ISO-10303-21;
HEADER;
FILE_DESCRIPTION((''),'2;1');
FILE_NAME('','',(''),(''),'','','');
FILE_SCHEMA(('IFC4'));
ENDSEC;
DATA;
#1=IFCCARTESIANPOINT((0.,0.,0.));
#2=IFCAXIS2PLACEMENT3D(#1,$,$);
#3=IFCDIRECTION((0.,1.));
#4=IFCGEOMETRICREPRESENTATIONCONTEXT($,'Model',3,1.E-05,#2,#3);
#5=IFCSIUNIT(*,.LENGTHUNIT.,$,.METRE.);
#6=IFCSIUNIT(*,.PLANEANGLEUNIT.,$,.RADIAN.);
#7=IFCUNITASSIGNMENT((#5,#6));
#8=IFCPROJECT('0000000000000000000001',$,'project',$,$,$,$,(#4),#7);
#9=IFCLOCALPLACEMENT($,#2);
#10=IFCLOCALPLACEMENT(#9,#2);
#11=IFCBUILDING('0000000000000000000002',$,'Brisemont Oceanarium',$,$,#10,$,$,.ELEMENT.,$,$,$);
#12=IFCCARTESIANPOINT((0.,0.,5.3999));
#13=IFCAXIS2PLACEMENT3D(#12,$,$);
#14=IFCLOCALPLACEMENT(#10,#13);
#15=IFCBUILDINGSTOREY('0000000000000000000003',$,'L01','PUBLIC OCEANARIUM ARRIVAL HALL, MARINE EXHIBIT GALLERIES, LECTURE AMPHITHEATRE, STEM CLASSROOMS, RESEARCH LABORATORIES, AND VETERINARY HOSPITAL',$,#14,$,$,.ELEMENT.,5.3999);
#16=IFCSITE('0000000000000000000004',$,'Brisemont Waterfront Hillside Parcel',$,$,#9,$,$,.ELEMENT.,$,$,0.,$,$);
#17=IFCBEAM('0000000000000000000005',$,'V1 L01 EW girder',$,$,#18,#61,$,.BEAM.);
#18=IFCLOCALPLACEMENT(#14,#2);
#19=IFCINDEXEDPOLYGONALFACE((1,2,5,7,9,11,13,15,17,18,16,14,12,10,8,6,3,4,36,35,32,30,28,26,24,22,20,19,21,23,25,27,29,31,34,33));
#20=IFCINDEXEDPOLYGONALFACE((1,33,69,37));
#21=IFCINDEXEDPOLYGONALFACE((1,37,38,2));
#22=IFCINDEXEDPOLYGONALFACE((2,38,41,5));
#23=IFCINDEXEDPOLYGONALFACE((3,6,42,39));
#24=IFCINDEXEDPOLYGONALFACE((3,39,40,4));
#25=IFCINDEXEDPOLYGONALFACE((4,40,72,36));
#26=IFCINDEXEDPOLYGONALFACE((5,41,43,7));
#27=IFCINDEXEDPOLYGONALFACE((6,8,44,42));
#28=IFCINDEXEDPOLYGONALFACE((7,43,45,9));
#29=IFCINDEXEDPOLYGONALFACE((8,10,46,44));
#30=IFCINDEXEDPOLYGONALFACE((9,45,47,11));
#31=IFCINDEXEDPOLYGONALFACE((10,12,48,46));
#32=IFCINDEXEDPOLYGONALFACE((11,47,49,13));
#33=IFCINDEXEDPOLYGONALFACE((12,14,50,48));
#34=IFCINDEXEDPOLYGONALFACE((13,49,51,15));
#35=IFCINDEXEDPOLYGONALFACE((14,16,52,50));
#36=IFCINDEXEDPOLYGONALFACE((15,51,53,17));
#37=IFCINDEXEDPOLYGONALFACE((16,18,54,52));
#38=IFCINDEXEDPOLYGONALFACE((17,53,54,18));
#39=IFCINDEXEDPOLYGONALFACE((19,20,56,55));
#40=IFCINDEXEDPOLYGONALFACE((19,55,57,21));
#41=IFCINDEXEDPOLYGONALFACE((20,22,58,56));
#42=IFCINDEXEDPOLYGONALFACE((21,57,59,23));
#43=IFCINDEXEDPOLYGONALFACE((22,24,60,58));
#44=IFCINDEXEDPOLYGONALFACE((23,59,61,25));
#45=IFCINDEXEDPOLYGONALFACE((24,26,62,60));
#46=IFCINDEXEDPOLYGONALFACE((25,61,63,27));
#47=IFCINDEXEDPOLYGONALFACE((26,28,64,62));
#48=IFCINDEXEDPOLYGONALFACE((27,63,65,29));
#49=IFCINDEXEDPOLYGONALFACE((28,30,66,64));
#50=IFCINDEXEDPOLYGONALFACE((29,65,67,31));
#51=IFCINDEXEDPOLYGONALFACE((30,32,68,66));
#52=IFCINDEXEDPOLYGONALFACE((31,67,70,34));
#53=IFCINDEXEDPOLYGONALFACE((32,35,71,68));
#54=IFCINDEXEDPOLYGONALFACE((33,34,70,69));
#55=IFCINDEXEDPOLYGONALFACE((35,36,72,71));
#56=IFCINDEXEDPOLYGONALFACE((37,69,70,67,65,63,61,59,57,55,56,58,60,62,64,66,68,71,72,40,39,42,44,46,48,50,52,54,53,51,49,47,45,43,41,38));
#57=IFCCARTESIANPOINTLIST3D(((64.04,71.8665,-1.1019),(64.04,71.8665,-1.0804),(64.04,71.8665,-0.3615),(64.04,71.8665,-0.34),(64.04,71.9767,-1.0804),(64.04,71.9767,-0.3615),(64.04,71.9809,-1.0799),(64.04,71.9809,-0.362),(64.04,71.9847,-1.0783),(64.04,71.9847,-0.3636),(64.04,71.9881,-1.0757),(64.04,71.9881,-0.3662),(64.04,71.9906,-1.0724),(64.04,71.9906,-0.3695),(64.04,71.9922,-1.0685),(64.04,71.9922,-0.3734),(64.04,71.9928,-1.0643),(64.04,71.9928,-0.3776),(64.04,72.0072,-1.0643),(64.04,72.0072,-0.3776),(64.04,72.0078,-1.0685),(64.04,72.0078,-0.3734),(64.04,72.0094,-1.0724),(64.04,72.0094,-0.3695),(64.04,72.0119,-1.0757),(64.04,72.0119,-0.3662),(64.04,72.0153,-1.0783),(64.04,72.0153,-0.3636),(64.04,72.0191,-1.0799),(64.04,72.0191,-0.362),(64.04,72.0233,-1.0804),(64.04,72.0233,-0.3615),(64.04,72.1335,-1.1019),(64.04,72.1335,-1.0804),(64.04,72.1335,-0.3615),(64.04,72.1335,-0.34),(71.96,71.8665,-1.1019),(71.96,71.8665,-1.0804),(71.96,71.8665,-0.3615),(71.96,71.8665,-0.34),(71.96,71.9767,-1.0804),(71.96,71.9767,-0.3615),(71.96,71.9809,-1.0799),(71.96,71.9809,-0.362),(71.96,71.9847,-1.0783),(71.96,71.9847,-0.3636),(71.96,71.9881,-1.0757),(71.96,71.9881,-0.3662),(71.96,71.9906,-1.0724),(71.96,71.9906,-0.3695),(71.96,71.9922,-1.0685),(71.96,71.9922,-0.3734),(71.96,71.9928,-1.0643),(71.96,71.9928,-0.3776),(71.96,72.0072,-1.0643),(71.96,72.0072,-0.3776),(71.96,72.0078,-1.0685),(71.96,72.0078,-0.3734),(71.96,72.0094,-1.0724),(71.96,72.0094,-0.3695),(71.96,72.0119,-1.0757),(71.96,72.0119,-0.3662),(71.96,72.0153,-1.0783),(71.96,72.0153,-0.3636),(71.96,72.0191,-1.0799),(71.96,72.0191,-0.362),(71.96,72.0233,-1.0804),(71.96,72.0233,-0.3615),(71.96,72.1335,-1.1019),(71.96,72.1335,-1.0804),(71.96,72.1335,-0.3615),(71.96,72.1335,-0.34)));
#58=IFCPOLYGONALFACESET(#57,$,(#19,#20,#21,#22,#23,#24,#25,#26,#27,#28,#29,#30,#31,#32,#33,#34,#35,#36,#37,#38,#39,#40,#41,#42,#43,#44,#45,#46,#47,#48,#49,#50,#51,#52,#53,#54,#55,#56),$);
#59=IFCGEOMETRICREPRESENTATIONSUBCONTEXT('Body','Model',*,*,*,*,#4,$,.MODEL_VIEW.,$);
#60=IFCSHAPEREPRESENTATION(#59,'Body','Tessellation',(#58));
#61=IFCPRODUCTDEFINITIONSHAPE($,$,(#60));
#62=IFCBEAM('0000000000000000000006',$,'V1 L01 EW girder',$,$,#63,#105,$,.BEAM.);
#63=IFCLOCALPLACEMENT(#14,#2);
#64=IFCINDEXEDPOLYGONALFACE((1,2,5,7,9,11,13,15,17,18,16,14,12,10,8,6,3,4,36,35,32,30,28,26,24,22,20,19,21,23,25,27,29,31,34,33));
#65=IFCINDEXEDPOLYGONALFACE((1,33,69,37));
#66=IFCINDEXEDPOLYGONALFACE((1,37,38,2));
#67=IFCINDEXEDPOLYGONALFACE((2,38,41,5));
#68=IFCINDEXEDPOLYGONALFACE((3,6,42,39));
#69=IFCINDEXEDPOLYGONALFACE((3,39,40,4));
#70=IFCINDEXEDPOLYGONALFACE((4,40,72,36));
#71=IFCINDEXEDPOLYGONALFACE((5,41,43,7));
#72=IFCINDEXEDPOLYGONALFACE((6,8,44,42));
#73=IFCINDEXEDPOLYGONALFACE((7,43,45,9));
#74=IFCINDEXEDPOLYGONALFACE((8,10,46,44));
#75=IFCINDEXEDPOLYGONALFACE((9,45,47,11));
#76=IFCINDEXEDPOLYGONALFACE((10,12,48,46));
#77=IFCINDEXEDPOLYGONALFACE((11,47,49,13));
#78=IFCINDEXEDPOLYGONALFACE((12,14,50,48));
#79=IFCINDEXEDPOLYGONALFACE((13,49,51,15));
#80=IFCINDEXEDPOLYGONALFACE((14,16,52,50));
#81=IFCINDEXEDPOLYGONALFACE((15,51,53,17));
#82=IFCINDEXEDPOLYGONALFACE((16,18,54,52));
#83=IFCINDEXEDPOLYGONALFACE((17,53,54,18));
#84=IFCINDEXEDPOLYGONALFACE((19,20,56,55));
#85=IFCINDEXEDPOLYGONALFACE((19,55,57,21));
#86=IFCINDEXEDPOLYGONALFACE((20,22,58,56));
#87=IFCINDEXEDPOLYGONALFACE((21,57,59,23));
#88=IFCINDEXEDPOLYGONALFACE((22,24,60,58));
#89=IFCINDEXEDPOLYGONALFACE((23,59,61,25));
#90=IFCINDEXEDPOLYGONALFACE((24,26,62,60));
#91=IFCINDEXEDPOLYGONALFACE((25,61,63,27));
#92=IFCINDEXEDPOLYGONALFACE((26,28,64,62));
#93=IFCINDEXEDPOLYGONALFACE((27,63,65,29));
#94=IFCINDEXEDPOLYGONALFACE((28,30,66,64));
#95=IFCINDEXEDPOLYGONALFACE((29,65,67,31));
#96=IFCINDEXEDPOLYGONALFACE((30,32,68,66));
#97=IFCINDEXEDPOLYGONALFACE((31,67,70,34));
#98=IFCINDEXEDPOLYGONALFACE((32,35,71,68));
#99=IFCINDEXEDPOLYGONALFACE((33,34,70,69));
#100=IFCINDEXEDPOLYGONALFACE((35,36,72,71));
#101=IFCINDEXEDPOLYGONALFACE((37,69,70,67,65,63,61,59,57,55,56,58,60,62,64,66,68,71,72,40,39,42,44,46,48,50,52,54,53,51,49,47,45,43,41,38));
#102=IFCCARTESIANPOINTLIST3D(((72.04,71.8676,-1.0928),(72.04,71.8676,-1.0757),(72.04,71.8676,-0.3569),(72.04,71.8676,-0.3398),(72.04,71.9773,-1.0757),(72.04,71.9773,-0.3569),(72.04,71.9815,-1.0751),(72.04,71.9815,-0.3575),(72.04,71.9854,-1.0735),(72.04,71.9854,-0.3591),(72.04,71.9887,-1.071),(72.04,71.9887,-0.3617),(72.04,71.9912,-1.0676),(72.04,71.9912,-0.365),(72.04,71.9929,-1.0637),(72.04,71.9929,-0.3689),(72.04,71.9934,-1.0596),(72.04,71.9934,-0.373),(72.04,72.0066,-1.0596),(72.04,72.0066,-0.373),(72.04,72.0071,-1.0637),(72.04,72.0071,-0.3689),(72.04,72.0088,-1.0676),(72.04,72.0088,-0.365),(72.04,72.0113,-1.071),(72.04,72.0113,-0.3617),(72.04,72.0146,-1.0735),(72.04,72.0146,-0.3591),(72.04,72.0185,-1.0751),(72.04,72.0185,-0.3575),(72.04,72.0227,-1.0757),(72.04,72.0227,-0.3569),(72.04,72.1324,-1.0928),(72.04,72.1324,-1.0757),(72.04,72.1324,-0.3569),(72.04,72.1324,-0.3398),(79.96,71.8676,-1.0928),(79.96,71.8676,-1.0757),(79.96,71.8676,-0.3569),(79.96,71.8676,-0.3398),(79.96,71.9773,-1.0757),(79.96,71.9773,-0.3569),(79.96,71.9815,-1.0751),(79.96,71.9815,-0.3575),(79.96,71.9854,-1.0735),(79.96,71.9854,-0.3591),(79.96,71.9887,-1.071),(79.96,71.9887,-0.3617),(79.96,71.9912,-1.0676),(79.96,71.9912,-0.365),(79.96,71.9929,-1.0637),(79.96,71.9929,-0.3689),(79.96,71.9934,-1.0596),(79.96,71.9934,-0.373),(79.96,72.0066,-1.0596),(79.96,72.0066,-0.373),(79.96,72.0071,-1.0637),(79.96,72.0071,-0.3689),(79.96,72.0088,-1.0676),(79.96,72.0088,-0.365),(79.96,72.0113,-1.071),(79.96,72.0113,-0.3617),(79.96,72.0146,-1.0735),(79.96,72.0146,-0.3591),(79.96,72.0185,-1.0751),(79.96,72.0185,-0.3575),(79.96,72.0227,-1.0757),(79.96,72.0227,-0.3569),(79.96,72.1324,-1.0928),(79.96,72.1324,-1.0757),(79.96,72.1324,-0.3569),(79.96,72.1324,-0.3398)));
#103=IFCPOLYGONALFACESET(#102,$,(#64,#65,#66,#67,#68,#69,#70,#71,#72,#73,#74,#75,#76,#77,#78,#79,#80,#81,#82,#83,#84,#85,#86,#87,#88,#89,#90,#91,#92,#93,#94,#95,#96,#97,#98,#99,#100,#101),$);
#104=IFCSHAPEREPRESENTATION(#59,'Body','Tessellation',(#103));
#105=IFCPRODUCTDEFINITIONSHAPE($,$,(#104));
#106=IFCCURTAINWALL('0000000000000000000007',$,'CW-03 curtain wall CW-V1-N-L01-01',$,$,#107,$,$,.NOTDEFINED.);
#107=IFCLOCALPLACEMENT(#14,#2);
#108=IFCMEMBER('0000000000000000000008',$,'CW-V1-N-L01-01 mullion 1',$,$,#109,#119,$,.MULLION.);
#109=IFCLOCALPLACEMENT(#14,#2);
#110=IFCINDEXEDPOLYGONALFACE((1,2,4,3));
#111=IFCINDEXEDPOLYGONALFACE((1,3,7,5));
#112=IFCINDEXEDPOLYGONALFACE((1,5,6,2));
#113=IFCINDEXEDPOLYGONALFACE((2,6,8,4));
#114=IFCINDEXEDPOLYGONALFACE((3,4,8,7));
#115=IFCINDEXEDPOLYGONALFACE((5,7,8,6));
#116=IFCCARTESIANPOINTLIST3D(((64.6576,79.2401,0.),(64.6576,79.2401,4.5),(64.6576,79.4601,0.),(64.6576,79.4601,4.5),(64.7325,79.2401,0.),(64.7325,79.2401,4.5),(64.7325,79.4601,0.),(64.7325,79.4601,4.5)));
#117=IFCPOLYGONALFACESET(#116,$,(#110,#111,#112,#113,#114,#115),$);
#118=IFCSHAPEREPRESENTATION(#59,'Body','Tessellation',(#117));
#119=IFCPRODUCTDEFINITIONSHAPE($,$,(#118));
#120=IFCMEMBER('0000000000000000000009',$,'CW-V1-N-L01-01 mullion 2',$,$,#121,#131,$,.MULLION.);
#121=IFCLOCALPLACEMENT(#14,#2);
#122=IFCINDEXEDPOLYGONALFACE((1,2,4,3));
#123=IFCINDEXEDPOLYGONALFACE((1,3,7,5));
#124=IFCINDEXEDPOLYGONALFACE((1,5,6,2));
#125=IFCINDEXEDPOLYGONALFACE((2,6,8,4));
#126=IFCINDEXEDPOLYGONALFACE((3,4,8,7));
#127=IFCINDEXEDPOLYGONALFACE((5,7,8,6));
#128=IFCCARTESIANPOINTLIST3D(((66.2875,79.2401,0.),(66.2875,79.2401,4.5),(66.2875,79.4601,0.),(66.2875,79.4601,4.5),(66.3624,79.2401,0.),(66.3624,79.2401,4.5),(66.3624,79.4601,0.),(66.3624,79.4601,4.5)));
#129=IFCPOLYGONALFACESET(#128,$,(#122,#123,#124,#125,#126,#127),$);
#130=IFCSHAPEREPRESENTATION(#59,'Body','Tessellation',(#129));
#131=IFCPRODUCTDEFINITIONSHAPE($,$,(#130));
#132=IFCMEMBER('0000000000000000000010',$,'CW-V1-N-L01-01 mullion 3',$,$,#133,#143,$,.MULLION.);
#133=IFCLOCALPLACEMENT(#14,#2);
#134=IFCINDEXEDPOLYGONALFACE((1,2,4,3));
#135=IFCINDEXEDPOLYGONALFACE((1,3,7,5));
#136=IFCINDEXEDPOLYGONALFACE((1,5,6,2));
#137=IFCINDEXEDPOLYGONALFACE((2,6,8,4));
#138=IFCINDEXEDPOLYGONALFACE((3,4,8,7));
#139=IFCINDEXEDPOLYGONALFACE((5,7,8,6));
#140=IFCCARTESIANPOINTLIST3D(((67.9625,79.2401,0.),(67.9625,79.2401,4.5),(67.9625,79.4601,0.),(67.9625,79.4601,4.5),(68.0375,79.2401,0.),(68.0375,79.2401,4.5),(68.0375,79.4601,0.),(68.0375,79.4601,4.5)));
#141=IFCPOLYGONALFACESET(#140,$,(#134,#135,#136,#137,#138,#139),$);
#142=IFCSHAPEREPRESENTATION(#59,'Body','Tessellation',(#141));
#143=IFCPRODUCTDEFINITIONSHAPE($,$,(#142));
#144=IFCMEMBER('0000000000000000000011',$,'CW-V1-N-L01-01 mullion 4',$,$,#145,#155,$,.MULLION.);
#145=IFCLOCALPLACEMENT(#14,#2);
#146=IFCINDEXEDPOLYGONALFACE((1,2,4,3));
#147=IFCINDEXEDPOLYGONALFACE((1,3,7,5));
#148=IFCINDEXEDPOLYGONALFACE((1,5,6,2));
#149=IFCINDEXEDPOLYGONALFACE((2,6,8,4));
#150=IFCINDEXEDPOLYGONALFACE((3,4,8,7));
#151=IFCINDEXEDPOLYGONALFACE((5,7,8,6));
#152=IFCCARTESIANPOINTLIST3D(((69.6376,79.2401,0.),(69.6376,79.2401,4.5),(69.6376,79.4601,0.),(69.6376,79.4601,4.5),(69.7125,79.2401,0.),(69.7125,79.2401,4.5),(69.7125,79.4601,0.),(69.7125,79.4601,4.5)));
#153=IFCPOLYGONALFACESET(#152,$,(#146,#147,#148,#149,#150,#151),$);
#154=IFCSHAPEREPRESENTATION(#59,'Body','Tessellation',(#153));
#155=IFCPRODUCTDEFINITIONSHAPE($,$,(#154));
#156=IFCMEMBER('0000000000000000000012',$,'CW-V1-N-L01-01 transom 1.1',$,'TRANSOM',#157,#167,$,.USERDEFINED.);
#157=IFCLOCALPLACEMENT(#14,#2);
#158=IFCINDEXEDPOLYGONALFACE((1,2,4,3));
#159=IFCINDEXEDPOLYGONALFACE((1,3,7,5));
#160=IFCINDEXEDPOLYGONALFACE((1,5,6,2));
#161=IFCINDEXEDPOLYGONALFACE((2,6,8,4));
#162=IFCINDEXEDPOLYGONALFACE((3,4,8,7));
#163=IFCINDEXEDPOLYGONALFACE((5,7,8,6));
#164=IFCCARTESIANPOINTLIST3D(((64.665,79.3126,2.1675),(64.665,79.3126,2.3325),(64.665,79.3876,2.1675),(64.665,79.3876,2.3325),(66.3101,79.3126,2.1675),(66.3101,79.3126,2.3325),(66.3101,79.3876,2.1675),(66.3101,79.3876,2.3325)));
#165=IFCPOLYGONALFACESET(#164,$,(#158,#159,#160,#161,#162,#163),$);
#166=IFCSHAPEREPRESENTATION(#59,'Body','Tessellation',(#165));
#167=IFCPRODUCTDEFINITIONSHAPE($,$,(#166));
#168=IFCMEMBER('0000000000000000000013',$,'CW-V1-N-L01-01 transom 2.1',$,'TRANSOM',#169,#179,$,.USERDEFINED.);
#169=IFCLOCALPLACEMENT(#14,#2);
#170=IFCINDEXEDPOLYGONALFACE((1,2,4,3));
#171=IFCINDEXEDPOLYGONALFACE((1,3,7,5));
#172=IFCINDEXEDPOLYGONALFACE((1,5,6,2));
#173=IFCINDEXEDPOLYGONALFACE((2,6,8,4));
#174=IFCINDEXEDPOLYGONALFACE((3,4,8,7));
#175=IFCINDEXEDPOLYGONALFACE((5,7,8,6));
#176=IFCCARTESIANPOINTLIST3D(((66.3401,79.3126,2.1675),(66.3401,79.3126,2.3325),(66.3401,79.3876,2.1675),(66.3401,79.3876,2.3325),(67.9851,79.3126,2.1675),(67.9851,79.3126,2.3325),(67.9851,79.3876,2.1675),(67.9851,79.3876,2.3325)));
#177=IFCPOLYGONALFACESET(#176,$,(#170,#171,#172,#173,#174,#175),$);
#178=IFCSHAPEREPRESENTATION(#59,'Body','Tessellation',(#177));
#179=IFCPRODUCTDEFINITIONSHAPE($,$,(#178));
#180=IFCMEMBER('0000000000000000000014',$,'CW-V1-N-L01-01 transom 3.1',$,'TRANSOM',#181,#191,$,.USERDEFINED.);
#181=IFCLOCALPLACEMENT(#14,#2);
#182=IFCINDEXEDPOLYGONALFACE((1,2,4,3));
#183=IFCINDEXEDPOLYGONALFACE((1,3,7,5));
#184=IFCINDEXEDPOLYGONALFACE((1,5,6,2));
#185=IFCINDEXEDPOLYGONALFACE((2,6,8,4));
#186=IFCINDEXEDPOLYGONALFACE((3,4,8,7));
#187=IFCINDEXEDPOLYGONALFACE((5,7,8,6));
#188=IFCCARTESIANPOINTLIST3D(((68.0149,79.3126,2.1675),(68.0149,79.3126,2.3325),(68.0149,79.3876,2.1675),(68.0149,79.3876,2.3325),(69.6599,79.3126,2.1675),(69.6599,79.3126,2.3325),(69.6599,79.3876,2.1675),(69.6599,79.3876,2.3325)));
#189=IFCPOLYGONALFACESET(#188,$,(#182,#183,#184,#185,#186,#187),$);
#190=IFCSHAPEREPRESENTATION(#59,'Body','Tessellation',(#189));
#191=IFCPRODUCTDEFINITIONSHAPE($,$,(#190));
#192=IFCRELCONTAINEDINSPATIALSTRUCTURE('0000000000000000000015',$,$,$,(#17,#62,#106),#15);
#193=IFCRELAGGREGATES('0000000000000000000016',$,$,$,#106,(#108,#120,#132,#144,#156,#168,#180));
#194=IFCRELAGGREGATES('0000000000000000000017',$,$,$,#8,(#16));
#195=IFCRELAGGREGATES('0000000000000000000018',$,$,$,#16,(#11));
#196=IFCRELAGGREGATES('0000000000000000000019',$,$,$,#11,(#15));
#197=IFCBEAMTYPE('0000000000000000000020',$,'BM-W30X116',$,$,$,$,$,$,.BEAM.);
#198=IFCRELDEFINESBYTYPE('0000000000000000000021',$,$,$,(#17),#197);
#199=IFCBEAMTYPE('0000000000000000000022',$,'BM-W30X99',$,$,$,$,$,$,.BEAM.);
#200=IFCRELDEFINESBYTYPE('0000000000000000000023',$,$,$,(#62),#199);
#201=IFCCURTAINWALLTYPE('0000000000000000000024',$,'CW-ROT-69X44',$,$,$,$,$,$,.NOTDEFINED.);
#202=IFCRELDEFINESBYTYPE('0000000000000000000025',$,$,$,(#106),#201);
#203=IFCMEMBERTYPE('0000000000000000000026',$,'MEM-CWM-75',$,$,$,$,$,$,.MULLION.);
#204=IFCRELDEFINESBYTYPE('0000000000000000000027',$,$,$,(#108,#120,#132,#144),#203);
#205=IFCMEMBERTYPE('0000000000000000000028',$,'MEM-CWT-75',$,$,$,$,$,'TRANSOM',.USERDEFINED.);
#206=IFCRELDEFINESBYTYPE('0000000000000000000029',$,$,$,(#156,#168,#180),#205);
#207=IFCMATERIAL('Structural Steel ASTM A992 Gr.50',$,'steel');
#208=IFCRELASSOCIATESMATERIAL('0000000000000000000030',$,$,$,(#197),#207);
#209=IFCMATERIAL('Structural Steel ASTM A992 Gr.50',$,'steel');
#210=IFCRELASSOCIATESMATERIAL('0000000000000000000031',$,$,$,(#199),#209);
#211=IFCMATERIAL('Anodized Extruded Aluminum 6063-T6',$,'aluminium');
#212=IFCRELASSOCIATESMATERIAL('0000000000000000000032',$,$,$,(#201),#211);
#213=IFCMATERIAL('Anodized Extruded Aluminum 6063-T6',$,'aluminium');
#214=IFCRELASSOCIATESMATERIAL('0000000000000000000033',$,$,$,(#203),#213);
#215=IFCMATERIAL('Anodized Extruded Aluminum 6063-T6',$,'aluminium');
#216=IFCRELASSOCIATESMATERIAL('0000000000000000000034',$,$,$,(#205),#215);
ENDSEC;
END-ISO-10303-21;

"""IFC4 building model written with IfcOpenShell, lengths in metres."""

from ifc_helpers import new_model, si_unit, direction, frame, origin, origin_2d, place, context, subcontext, project, spatial, rectangle, i_section, extrude, material, material_profile, profile_set, type_object, element, aggregate, save


model = new_model("IFC4")

# Units and contexts
model_context = context("Model", 3, precision=1e-05, world=origin(), true_north=direction((0.0, 1.0)))
body_context = subcontext(model_context, "Body", "Model", "MODEL_VIEW")
ifc_project = project(units=[si_unit("LENGTHUNIT", "METRE"), si_unit("PLANEANGLEUNIT", "RADIAN")], contexts=[model_context])

# Site, building, storey
site_placement = place(None, origin())
site = spatial("IfcSite", under=ifc_project, at=site_placement, Name="Brisemont Waterfront Hillside Parcel", CompositionType="ELEMENT", RefElevation=0.0)
building_placement = place(site_placement, origin())
building = spatial("IfcBuilding", under=site, at=building_placement, Name="Brisemont Oceanarium", CompositionType="ELEMENT")
storey_placement = place(building_placement, frame((0.0, 0.0, 5.3999)))
storey = spatial("IfcBuildingStorey", under=building, at=storey_placement, Name="L01", Description="PUBLIC OCEANARIUM ARRIVAL HALL, MARINE EXHIBIT GALLERIES, LECTURE AMPHITHEATRE, STEM CLASSROOMS, RESEARCH LABORATORIES, AND VETERINARY HOSPITAL", CompositionType="ELEMENT", Elevation=5.3999)

# Beams
ifc_material_1 = material(Name="Structural Steel ASTM A992 Gr.50", Category="steel")
ifc_material_profile_1 = material_profile(ifc_material_1, i_section(OverallWidth=0.2671, OverallDepth=0.762, WebThickness=0.0144, FlangeThickness=0.0215, FilletRadius=0.0161, at=origin_2d()), Name="W30X116")
ifc_profile_set_1 = profile_set([ifc_material_profile_1], Name="Structural Steel ASTM A992 Gr.50")
beam_type_1 = type_object("IfcBeamType", Name="BM-W30X116", PredefinedType="BEAM", material=ifc_profile_set_1)
beam_1_placement = place(storey_placement, frame((64.04, 72.0, -0.7209), z_axis=(1.0, 0.0, 0.0), x_axis=(0.0, 1.0, 0.0)))
element("IfcBeam", 1, at=beam_1_placement, inside=storey, type_object=beam_type_1, Name="V1 L01 EW girder", PredefinedType="BEAM", context=body_context, shape_type="SweptSolid", body=[
    extrude(i_section(OverallWidth=0.2671, OverallDepth=0.762, WebThickness=0.0144, FlangeThickness=0.0215, FilletRadius=0.0161, at=origin_2d()), origin(), (0.0, 0.0, 1.0), 7.9199),
])
ifc_material_2 = material(Name="Structural Steel ASTM A992 Gr.50", Category="steel")
ifc_material_profile_2 = material_profile(ifc_material_2, i_section(OverallWidth=0.2649, OverallDepth=0.7529, WebThickness=0.0132, FlangeThickness=0.0171, FilletRadius=0.0161, at=origin_2d()), Name="W30X99")
ifc_profile_set_2 = profile_set([ifc_material_profile_2], Name="Structural Steel ASTM A992 Gr.50")
beam_type_2 = type_object("IfcBeamType", Name="BM-W30X99", PredefinedType="BEAM", material=ifc_profile_set_2)
beam_2_placement = place(storey_placement, frame((72.04, 72.0, -0.7163), z_axis=(1.0, 0.0, 0.0), x_axis=(0.0, 1.0, 0.0)))
element("IfcBeam", 2, at=beam_2_placement, inside=storey, type_object=beam_type_2, Name="V1 L01 EW girder", PredefinedType="BEAM", context=body_context, shape_type="SweptSolid", body=[
    extrude(i_section(OverallWidth=0.2649, OverallDepth=0.7529, WebThickness=0.0132, FlangeThickness=0.0171, FilletRadius=0.0161, at=origin_2d()), origin(), (0.0, 0.0, 1.0), 7.9199),
])

# Curtain wall, members
ifc_material_3 = material(Name="Anodized Extruded Aluminum 6063-T6", Category="aluminium")
curtain_wall_type = type_object("IfcCurtainWallType", Name="CW-ROT-69X44", PredefinedType="NOTDEFINED", material=ifc_material_3)
curtain_wall_placement = place(storey_placement, origin())
curtain_wall = element("IfcCurtainWall", 3, at=curtain_wall_placement, inside=storey, type_object=curtain_wall_type, Name="CW-03 curtain wall CW-V1-N-L01-01", PredefinedType="NOTDEFINED")
ifc_material_4 = material(Name="Anodized Extruded Aluminum 6063-T6", Category="aluminium")
ifc_material_profile_3 = material_profile(ifc_material_4, rectangle(XDim=0.075, YDim=0.22, at=origin_2d()), Name="CWM-75X220")
ifc_profile_set_3 = profile_set([ifc_material_profile_3], Name="Anodized Extruded Aluminum 6063-T6")
member_type_1 = type_object("IfcMemberType", Name="MEM-CWM-75", PredefinedType="MULLION", material=ifc_profile_set_3)
member_1_placement = place(storey_placement, frame((64.6951, 79.3501, 0.0), z_axis=(0.0, 0.0, 1.0), x_axis=(1.0, 0.0, 0.0)))
member_1 = element("IfcMember", 4, at=member_1_placement, type_object=member_type_1, Name="CW-V1-N-L01-01 mullion 1", PredefinedType="MULLION", context=body_context, shape_type="SweptSolid", body=[
    extrude(rectangle(XDim=0.075, YDim=0.22, at=origin_2d()), origin(), (0.0, 0.0, 1.0), 4.5),
])
member_2_placement = place(storey_placement, frame((66.325, 79.3501, 0.0), z_axis=(0.0, 0.0, 1.0), x_axis=(1.0, 0.0, 0.0)))
member_2 = element("IfcMember", 5, at=member_2_placement, type_object=member_type_1, Name="CW-V1-N-L01-01 mullion 2", PredefinedType="MULLION", context=body_context, shape_type="SweptSolid", body=[
    extrude(rectangle(XDim=0.075, YDim=0.22, at=origin_2d()), origin(), (0.0, 0.0, 1.0), 4.5),
])
member_3_placement = place(storey_placement, frame((68.0, 79.3501, 0.0), z_axis=(0.0, 0.0, 1.0), x_axis=(1.0, 0.0, 0.0)))
member_3 = element("IfcMember", 6, at=member_3_placement, type_object=member_type_1, Name="CW-V1-N-L01-01 mullion 3", PredefinedType="MULLION", context=body_context, shape_type="SweptSolid", body=[
    extrude(rectangle(XDim=0.075, YDim=0.22, at=origin_2d()), origin(), (0.0, 0.0, 1.0), 4.5),
])
member_4_placement = place(storey_placement, frame((69.675, 79.3501, 0.0), z_axis=(0.0, 0.0, 1.0), x_axis=(1.0, 0.0, 0.0)))
member_4 = element("IfcMember", 7, at=member_4_placement, type_object=member_type_1, Name="CW-V1-N-L01-01 mullion 4", PredefinedType="MULLION", context=body_context, shape_type="SweptSolid", body=[
    extrude(rectangle(XDim=0.075, YDim=0.22, at=origin_2d()), origin(), (0.0, 0.0, 1.0), 4.5),
])
ifc_material_5 = material(Name="Anodized Extruded Aluminum 6063-T6", Category="aluminium")
ifc_material_profile_4 = material_profile(ifc_material_5, rectangle(XDim=0.075, YDim=0.165, at=origin_2d()), Name="CWT-75X165")
ifc_profile_set_4 = profile_set([ifc_material_profile_4], Name="Anodized Extruded Aluminum 6063-T6")
member_type_2 = type_object("IfcMemberType", Name="MEM-CWT-75", ElementType="TRANSOM", PredefinedType="USERDEFINED", material=ifc_profile_set_4)
member_5_placement = place(storey_placement, frame((64.665, 79.3501, 2.25), z_axis=(1.0, 0.0, 0.0), x_axis=(0.0, 1.0, 0.0)))
member_5 = element("IfcMember", 8, at=member_5_placement, type_object=member_type_2, Name="CW-V1-N-L01-01 transom 1.1", ObjectType="TRANSOM", PredefinedType="USERDEFINED", context=body_context, shape_type="SweptSolid", body=[
    extrude(rectangle(XDim=0.075, YDim=0.165, at=origin_2d()), origin(), (0.0, 0.0, 1.0), 1.645),
])
member_6_placement = place(storey_placement, frame((66.3401, 79.3501, 2.25), z_axis=(1.0, 0.0, 0.0), x_axis=(0.0, 1.0, 0.0)))
member_6 = element("IfcMember", 9, at=member_6_placement, type_object=member_type_2, Name="CW-V1-N-L01-01 transom 2.1", ObjectType="TRANSOM", PredefinedType="USERDEFINED", context=body_context, shape_type="SweptSolid", body=[
    extrude(rectangle(XDim=0.075, YDim=0.165, at=origin_2d()), origin(), (0.0, 0.0, 1.0), 1.645),
])
member_7_placement = place(storey_placement, frame((68.0149, 79.3501, 2.25), z_axis=(1.0, 0.0, 0.0), x_axis=(0.0, 1.0, 0.0)))
member_7 = element("IfcMember", 10, at=member_7_placement, type_object=member_type_2, Name="CW-V1-N-L01-01 transom 3.1", ObjectType="TRANSOM", PredefinedType="USERDEFINED", context=body_context, shape_type="SweptSolid", body=[
    extrude(rectangle(XDim=0.075, YDim=0.165, at=origin_2d()), origin(), (0.0, 0.0, 1.0), 1.645),
])
aggregate(curtain_wall, [member_1, member_2, member_3, member_4, member_5, member_6, member_7])

save(model, "model.ifc")
